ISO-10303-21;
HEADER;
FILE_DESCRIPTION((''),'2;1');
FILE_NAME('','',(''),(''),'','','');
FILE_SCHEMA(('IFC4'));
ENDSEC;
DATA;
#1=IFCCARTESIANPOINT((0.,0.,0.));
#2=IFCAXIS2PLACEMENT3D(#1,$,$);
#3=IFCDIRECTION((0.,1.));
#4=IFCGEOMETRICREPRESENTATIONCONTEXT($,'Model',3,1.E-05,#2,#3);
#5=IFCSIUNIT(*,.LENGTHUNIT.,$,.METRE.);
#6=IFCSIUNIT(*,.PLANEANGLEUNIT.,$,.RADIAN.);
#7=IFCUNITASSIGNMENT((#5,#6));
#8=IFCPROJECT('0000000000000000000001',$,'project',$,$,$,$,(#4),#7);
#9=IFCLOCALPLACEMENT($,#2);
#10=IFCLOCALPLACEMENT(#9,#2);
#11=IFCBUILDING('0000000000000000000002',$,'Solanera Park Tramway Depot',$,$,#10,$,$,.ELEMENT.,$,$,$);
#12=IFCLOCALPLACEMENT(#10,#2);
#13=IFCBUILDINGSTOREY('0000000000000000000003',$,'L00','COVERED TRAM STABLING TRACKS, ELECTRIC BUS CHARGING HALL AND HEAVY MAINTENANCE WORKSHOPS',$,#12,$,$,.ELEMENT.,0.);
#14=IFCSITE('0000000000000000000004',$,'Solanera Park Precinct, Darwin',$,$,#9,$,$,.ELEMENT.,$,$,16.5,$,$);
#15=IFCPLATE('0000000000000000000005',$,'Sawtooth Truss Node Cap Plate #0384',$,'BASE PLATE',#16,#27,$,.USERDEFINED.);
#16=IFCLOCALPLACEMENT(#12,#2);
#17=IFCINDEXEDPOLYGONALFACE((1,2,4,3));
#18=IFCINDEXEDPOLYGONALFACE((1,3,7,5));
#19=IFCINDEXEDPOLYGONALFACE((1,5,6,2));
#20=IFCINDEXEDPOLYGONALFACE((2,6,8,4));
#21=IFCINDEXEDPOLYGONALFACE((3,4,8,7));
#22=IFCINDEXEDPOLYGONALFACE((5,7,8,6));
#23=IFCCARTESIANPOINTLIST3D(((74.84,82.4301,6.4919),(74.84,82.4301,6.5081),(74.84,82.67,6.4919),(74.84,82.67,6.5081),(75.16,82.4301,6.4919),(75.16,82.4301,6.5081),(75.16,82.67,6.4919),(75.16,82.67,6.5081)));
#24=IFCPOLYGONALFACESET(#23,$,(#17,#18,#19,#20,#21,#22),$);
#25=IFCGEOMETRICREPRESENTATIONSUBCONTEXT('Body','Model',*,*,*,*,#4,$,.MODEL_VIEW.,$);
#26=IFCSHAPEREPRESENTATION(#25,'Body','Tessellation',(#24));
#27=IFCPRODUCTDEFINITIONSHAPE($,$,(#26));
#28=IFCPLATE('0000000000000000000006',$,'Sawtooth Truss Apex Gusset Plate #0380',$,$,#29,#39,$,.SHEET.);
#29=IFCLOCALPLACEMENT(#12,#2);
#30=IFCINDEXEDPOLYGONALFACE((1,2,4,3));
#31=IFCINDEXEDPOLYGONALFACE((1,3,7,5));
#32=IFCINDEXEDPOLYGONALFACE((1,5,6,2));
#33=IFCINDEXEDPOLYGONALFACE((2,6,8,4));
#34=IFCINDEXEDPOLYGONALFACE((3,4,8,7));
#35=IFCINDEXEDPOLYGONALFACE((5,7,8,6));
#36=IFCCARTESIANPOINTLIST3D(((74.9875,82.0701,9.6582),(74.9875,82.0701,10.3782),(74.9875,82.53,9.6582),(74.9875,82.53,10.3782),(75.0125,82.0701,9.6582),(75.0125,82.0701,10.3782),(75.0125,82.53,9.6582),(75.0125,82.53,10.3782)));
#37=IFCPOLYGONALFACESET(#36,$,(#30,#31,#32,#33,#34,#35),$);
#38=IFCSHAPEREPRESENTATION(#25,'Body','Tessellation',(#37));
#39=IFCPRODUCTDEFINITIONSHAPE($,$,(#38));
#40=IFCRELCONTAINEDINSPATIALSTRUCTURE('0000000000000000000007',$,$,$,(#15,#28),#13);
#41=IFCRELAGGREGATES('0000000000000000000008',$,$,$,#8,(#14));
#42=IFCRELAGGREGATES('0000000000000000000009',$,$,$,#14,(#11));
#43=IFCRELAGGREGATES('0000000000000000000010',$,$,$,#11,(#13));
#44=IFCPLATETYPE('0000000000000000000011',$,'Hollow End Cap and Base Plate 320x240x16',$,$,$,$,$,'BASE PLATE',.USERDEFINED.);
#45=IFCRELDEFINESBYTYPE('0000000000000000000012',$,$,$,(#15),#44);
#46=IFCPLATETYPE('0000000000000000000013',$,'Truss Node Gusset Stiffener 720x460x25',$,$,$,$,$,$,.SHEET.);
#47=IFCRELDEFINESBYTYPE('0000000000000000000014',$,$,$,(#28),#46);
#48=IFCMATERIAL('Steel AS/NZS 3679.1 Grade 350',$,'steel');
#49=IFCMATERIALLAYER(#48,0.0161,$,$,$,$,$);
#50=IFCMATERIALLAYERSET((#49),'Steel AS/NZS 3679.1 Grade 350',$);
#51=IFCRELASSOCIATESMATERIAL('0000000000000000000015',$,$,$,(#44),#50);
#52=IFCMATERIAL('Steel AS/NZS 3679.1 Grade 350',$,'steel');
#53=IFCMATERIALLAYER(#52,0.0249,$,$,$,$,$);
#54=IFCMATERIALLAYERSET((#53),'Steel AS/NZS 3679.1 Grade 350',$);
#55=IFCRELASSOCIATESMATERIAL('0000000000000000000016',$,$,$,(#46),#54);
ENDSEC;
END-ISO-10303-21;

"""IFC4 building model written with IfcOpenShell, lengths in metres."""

from ifc_helpers import new_model, si_unit, direction, frame, origin, origin_2d, place, context, subcontext, project, spatial, rectangle, extrude, material, layer, layer_set, type_object, element, save


model = new_model("IFC4")

# Units and contexts
model_context = context("Model", 3, precision=1e-05, world=origin(), true_north=direction((0.0, 1.0)))
body_context = subcontext(model_context, "Body", "Model", "MODEL_VIEW")
ifc_project = project(units=[si_unit("LENGTHUNIT", "METRE"), si_unit("PLANEANGLEUNIT", "RADIAN")], contexts=[model_context])

# Site, building, storey
site_placement = place(None, origin())
site = spatial("IfcSite", under=ifc_project, at=site_placement, Name="Solanera Park Precinct, Darwin", CompositionType="ELEMENT", RefElevation=16.5)
building_placement = place(site_placement, origin())
building = spatial("IfcBuilding", under=site, at=building_placement, Name="Solanera Park Tramway Depot", CompositionType="ELEMENT")
storey_placement = place(building_placement, origin())
storey = spatial("IfcBuildingStorey", under=building, at=storey_placement, Name="L00", Description="COVERED TRAM STABLING TRACKS, ELECTRIC BUS CHARGING HALL AND HEAVY MAINTENANCE WORKSHOPS", CompositionType="ELEMENT", Elevation=0.0)

# Plates
ifc_material_1 = material(Name="Steel AS/NZS 3679.1 Grade 350", Category="steel")
ifc_layer_1 = layer(ifc_material_1, 0.0161)
ifc_layer_set_1 = layer_set([ifc_layer_1], Name="Steel AS/NZS 3679.1 Grade 350")
plate_type_1 = type_object("IfcPlateType", Name="Hollow End Cap and Base Plate 320x240x16", ElementType="BASE PLATE", PredefinedType="USERDEFINED", material=ifc_layer_set_1)
for number, where, z_axis, x_axis, name in (
    (1, (75.0, 82.55, 6.4919), (0.0, 0.0, 1.0), (1.0, 0.0, 0.0), "Sawtooth Truss Node Cap Plate #0384"),
):
    element("IfcPlate", number, at=place(storey_placement, frame(where, z_axis=z_axis, x_axis=x_axis)), inside=storey, type_object=plate_type_1, Name=name, ObjectType="BASE PLATE", PredefinedType="USERDEFINED", context=body_context, shape_type="SweptSolid", body=[
        extrude(rectangle(XDim=0.3201, YDim=0.24, at=origin_2d()), origin(), (0.0, 0.0, 1.0), 0.0161),
    ])
ifc_material_2 = material(Name="Steel AS/NZS 3679.1 Grade 350", Category="steel")
ifc_layer_2 = layer(ifc_material_2, 0.0249)
ifc_layer_set_2 = layer_set([ifc_layer_2], Name="Steel AS/NZS 3679.1 Grade 350")
plate_type_2 = type_object("IfcPlateType", Name="Truss Node Gusset Stiffener 720x460x25", PredefinedType="SHEET", material=ifc_layer_set_2)
plate_1_placement = place(storey_placement, frame((75.0, 82.3, 9.6582), z_axis=(0.0, 0.0, 1.0), x_axis=(1.0, 0.0, 0.0)))
element("IfcPlate", 2, at=plate_1_placement, inside=storey, type_object=plate_type_2, Name="Sawtooth Truss Apex Gusset Plate #0380", PredefinedType="SHEET", context=body_context, shape_type="SweptSolid", body=[
    extrude(rectangle(XDim=0.0249, YDim=0.46, at=origin_2d()), origin(), (0.0, 0.0, 1.0), 0.72),
])

save(model, "model.ifc")
